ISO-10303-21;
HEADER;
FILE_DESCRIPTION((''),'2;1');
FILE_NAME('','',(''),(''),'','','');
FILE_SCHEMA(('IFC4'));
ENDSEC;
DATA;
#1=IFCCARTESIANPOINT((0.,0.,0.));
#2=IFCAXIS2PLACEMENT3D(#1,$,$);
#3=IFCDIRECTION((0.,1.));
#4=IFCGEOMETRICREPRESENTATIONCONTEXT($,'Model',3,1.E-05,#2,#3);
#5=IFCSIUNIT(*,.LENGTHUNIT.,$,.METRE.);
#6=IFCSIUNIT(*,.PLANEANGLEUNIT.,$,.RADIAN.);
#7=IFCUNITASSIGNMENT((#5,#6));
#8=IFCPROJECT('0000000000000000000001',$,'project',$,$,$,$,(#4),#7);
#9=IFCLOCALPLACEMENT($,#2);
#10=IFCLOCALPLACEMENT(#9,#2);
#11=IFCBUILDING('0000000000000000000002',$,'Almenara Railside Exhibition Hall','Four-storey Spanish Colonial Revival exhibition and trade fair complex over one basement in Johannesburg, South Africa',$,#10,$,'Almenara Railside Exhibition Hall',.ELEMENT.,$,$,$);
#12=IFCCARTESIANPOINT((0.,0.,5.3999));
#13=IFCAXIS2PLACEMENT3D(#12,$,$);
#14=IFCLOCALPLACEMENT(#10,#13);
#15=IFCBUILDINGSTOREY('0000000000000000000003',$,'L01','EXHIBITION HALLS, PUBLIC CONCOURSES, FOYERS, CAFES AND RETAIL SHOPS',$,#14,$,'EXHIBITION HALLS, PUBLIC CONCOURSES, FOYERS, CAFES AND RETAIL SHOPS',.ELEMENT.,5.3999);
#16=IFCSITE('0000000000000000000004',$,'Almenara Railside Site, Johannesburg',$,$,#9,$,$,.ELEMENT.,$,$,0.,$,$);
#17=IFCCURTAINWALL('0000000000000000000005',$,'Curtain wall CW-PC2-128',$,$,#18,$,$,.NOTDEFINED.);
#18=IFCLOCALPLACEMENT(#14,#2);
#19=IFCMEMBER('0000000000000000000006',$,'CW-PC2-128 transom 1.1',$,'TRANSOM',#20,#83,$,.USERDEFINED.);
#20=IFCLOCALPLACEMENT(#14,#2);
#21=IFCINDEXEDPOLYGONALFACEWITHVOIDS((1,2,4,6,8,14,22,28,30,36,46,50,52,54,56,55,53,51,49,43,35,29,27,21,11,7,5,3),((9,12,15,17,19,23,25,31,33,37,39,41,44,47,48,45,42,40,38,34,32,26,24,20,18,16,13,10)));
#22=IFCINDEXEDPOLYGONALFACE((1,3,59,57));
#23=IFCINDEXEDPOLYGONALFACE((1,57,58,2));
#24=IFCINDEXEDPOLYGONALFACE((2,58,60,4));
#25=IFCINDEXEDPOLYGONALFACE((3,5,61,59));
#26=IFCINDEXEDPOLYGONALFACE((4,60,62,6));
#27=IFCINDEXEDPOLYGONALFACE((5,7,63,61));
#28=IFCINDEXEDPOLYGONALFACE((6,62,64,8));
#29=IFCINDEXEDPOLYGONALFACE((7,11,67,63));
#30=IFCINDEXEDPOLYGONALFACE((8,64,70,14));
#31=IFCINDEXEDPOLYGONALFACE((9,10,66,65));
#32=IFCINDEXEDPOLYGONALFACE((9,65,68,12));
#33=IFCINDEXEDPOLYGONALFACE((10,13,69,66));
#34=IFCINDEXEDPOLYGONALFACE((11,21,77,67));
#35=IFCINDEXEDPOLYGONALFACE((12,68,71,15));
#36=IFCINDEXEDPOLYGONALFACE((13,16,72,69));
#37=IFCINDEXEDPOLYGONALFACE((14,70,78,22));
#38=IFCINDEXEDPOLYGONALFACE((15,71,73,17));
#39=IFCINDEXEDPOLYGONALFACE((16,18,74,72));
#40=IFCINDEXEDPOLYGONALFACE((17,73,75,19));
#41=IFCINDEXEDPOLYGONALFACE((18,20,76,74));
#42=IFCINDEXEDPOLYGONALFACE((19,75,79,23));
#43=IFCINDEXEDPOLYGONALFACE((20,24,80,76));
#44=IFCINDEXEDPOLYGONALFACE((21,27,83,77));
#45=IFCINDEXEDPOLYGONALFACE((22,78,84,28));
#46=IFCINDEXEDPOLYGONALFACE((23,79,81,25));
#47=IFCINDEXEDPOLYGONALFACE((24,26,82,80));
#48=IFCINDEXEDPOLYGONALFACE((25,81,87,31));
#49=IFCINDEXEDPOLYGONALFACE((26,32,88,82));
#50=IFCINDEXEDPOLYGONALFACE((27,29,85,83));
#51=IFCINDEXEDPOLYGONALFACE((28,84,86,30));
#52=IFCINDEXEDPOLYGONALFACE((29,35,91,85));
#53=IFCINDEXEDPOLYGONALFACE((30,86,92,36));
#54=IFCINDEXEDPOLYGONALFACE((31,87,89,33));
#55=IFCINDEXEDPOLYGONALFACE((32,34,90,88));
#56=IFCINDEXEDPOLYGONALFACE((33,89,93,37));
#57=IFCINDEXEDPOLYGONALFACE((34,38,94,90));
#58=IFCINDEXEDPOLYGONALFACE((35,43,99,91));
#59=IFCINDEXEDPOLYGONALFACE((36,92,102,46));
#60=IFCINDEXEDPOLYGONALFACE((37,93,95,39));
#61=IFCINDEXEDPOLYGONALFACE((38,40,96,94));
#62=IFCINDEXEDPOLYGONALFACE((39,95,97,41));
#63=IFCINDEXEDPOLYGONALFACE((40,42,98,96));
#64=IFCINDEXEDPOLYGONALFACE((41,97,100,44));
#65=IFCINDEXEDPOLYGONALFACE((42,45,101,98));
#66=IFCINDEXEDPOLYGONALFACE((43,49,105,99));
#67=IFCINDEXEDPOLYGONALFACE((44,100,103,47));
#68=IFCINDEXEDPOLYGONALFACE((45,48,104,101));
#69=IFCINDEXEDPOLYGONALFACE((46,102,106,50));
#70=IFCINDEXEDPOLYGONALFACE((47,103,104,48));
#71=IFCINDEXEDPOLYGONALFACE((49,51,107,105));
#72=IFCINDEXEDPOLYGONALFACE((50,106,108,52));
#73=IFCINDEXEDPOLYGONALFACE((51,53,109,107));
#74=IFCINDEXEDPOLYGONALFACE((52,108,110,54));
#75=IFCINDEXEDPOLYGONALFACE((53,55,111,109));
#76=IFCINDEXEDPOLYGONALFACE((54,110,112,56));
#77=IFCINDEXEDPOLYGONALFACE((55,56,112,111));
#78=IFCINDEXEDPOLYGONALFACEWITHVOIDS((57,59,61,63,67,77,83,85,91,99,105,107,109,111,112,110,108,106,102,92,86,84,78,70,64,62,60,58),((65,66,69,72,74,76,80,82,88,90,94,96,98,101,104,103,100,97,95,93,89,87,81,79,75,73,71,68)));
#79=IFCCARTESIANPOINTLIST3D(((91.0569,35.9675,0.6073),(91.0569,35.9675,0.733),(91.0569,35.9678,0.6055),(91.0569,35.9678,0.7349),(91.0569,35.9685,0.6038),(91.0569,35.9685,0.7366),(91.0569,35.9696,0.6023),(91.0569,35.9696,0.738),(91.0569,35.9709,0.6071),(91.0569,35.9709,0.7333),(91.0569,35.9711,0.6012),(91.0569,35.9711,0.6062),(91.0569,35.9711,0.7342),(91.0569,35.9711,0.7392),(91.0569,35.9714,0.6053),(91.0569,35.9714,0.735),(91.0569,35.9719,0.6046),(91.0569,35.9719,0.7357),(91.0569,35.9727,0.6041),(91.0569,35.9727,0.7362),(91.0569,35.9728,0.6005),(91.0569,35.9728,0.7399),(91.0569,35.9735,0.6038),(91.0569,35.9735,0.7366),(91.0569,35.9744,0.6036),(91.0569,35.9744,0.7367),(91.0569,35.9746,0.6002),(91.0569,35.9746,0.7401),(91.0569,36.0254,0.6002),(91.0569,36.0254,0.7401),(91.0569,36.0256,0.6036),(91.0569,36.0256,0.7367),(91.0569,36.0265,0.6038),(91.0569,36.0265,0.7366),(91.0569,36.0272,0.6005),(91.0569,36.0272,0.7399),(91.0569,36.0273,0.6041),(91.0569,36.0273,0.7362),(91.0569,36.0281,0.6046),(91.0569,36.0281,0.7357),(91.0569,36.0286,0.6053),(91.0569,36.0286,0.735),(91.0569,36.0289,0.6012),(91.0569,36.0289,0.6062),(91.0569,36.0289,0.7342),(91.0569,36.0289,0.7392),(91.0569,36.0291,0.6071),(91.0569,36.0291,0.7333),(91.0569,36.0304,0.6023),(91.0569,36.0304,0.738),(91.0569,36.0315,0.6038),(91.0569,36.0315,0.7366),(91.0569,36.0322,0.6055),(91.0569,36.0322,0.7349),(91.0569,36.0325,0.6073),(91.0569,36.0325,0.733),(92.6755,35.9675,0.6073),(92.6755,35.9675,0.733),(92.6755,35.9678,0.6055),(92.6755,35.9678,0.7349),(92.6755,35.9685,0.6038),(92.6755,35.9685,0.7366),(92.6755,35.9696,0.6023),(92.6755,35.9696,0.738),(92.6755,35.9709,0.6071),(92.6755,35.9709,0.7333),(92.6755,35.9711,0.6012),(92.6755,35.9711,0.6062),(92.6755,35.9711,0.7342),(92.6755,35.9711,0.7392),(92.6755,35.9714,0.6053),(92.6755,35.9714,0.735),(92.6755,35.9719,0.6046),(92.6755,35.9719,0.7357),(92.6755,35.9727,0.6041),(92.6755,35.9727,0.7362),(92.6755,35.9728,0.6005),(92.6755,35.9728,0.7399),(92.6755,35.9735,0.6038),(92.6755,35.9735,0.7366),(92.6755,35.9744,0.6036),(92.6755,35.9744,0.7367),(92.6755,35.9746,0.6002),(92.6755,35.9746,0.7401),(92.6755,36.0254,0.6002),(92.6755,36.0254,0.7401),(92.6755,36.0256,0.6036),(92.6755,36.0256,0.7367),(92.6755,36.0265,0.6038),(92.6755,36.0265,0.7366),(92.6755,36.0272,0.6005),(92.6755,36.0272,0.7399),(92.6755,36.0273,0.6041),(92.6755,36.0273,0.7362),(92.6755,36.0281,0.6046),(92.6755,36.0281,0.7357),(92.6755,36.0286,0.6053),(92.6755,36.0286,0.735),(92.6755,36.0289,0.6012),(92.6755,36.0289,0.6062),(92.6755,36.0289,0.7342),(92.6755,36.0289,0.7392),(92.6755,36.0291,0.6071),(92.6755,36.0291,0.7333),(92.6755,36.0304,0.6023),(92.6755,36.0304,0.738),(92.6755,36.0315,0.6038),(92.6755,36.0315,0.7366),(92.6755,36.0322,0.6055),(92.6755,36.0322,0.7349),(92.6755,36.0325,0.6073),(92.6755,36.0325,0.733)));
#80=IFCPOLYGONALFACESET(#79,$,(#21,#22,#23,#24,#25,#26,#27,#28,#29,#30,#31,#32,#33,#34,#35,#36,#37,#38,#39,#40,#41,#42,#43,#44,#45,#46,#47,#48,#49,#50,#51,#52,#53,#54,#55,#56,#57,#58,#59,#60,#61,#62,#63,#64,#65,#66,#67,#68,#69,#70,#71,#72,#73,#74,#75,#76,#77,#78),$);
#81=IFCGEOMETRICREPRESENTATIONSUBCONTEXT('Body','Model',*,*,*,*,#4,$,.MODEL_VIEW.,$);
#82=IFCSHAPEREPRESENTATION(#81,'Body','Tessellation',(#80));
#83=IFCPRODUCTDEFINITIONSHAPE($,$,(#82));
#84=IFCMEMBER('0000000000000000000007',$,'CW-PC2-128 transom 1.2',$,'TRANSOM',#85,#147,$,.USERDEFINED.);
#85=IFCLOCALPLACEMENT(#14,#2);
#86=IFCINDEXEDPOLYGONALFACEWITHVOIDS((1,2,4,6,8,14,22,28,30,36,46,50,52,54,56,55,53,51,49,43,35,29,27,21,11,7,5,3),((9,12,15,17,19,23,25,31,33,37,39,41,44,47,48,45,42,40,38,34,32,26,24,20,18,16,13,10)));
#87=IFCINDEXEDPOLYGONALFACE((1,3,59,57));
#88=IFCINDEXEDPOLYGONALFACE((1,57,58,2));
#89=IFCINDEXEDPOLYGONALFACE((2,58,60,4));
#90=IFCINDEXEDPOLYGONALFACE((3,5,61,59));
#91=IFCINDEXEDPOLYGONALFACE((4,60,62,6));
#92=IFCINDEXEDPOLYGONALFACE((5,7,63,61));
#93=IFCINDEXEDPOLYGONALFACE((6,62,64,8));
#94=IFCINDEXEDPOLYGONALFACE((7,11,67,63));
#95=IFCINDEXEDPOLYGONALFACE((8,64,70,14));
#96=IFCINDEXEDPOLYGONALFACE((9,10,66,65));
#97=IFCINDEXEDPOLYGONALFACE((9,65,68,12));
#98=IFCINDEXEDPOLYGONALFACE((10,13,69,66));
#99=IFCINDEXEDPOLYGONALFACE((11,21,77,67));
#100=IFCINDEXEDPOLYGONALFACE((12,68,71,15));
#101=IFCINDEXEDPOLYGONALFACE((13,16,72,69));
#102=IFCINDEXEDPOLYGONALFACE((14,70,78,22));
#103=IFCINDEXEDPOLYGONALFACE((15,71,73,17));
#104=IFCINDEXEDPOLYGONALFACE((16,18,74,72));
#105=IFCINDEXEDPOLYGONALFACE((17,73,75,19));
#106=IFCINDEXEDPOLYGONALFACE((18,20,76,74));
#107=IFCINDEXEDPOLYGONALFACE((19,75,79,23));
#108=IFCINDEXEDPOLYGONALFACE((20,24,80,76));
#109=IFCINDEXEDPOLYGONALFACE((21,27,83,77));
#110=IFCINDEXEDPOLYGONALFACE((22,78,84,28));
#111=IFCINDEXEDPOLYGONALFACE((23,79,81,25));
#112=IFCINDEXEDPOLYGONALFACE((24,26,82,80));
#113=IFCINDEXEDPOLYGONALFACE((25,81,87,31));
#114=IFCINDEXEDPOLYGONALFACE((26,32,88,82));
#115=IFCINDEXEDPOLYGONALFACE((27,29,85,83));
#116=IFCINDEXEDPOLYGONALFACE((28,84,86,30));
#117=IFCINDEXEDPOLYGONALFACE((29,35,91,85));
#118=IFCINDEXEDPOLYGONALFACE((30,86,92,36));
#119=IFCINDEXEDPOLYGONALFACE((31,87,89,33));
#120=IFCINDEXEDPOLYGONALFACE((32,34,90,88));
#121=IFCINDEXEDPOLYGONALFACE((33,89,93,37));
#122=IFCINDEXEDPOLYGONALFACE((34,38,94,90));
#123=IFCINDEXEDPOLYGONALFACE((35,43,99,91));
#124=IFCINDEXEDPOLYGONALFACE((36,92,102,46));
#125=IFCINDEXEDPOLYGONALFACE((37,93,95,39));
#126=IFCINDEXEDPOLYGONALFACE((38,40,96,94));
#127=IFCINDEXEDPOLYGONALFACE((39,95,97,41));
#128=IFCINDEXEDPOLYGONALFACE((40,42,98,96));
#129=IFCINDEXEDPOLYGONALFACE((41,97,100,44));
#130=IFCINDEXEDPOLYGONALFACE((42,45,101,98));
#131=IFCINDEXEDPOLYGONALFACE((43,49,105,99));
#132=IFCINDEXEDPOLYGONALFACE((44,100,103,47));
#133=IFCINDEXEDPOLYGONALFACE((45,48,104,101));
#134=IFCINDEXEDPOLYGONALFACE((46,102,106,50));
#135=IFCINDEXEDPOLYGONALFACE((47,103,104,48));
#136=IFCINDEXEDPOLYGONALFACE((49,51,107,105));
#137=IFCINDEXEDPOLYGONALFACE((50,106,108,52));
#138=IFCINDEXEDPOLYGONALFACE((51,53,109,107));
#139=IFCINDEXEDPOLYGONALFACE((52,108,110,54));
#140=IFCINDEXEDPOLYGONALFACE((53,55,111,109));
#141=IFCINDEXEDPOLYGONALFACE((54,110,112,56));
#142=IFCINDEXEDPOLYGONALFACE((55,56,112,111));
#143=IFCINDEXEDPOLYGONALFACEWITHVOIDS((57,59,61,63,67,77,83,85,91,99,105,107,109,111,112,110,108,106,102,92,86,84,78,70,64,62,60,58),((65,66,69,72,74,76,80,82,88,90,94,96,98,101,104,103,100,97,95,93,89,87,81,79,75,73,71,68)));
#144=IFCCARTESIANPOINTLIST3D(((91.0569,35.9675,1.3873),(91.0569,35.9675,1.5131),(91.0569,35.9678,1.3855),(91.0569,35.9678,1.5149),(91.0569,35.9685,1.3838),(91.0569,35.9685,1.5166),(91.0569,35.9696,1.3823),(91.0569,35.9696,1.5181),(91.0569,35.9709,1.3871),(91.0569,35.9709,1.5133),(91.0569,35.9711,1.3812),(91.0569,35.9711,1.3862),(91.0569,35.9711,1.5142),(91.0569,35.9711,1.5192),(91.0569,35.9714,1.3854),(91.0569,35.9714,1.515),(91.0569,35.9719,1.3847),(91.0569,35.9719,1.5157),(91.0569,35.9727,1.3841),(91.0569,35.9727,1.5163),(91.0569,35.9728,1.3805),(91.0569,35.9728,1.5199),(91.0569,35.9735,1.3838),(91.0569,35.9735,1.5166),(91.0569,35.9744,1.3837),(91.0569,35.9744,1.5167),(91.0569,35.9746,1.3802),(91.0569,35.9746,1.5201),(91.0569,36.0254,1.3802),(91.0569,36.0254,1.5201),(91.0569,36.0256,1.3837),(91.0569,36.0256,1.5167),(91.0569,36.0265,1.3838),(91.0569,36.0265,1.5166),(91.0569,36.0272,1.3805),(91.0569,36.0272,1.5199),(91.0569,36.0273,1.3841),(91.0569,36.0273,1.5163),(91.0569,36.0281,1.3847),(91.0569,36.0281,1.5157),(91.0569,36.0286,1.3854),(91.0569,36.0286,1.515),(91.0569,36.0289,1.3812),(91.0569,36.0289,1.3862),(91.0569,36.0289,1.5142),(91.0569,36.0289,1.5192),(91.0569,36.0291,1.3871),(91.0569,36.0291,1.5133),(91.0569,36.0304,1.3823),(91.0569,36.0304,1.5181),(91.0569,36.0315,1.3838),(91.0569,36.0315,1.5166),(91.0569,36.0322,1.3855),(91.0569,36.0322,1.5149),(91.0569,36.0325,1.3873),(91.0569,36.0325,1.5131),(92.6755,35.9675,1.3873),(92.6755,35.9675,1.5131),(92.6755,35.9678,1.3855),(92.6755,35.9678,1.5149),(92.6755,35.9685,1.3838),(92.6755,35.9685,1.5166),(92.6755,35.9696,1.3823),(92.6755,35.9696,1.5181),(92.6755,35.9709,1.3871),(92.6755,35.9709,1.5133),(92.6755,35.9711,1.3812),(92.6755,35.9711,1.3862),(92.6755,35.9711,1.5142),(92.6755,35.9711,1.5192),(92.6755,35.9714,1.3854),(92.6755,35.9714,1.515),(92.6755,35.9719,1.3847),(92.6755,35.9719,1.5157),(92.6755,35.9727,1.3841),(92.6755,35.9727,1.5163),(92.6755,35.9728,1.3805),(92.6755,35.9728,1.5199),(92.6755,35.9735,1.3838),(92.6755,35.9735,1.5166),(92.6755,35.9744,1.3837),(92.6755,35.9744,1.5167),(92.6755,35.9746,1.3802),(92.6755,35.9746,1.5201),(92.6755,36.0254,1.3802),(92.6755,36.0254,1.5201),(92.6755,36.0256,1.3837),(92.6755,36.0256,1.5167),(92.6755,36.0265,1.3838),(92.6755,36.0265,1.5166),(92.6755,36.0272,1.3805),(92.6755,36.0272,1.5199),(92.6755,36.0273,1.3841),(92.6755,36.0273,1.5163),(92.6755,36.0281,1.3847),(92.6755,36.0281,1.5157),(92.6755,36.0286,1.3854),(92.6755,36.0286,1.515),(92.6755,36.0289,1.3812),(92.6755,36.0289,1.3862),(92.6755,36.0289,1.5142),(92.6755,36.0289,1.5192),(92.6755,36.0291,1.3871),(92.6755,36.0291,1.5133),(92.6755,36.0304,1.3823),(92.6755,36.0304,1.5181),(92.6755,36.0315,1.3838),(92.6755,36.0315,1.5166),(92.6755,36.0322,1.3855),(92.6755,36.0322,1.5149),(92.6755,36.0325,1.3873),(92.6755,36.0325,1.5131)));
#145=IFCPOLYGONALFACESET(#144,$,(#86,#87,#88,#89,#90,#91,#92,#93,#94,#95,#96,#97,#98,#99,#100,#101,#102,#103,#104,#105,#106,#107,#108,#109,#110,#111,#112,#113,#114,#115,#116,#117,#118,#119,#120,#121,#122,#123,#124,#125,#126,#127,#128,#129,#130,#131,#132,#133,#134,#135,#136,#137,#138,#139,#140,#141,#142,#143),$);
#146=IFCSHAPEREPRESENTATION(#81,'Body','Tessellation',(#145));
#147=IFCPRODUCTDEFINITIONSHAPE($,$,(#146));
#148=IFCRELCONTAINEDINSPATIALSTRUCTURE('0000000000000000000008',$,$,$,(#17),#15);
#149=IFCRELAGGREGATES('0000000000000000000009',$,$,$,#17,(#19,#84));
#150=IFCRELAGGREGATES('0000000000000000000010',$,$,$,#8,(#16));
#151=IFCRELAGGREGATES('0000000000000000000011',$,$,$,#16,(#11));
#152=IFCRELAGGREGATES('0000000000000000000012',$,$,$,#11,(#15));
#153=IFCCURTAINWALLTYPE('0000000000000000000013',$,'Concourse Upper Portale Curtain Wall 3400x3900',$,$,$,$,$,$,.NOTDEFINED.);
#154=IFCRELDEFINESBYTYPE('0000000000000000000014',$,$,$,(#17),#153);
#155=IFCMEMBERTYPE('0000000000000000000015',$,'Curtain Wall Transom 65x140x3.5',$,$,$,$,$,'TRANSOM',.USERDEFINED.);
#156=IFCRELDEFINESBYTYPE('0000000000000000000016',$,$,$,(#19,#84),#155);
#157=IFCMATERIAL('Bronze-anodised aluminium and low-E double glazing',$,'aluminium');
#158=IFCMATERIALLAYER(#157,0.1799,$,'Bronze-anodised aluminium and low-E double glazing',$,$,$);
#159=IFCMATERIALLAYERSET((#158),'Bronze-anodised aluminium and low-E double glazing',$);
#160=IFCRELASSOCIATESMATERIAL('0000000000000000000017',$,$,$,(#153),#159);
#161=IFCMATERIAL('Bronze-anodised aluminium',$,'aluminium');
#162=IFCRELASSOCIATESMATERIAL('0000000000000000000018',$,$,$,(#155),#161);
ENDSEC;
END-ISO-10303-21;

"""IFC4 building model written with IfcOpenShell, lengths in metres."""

from ifc_helpers import new_model, si_unit, direction, frame, origin, origin_2d, place, context, subcontext, project, spatial, hollow_rectangle, extrude, material, layer, layer_set, material_profile, profile_set, type_object, element, aggregate, save


model = new_model("IFC4")

# Units and contexts
model_context = context("Model", 3, precision=1e-05, world=origin(), true_north=direction((0.0, 1.0)))
body_context = subcontext(model_context, "Body", "Model", "MODEL_VIEW")
ifc_project = project(units=[si_unit("LENGTHUNIT", "METRE"), si_unit("PLANEANGLEUNIT", "RADIAN")], contexts=[model_context])

# Site, building, storey
site_placement = place(None, origin())
site = spatial("IfcSite", under=ifc_project, at=site_placement, Name="Almenara Railside Site, Johannesburg", CompositionType="ELEMENT", RefElevation=0.0)
building_placement = place(site_placement, origin())
building = spatial("IfcBuilding", under=site, at=building_placement, Name="Almenara Railside Exhibition Hall", Description="Four-storey Spanish Colonial Revival exhibition and trade fair complex over one basement in Johannesburg, South Africa", LongName="Almenara Railside Exhibition Hall", CompositionType="ELEMENT")
storey_placement = place(building_placement, frame((0.0, 0.0, 5.3999)))
storey = spatial("IfcBuildingStorey", under=building, at=storey_placement, Name="L01", Description="EXHIBITION HALLS, PUBLIC CONCOURSES, FOYERS, CAFES AND RETAIL SHOPS", LongName="EXHIBITION HALLS, PUBLIC CONCOURSES, FOYERS, CAFES AND RETAIL SHOPS", CompositionType="ELEMENT", Elevation=5.3999)

# Curtain wall
ifc_material_1 = material(Name="Bronze-anodised aluminium and low-E double glazing", Category="aluminium")
ifc_layer_1 = layer(ifc_material_1, 0.1799, Name="Bronze-anodised aluminium and low-E double glazing")
ifc_layer_set_1 = layer_set([ifc_layer_1], Name="Bronze-anodised aluminium and low-E double glazing")
curtain_wall_type_1 = type_object("IfcCurtainWallType", Name="Concourse Upper Portale Curtain Wall 3400x3900", PredefinedType="NOTDEFINED", material=ifc_layer_set_1)
curtain_wall_1_placement = place(storey_placement, origin())
curtain_wall_1 = element("IfcCurtainWall", 1, at=curtain_wall_1_placement, inside=storey, type_object=curtain_wall_type_1, Name="Curtain wall CW-PC2-128", PredefinedType="NOTDEFINED")
ifc_material_2 = material(Name="Bronze-anodised aluminium", Category="aluminium")

# Members
ifc_material_profile_1 = material_profile(ifc_material_2, hollow_rectangle(XDim=0.0649, YDim=0.1399, WallThickness=0.0034, InnerFilletRadius=0.0034, OuterFilletRadius=0.0071, at=origin_2d()), Name="ALU-TRN 65x140x3.5")
ifc_profile_set_1 = profile_set([ifc_material_profile_1], Name="Bronze-anodised aluminium")
member_type_1 = type_object("IfcMemberType", Name="Curtain Wall Transom 65x140x3.5", ElementType="TRANSOM", PredefinedType="USERDEFINED", material=ifc_profile_set_1)
member_1_placement = place(storey_placement, frame((91.0569, 36.0, 0.6702), z_axis=(1.0, 0.0, 0.0), x_axis=(0.0, 1.0, 0.0)))
member_1 = element("IfcMember", 2, at=member_1_placement, type_object=member_type_1, Name="CW-PC2-128 transom 1.1", ObjectType="TRANSOM", PredefinedType="USERDEFINED", context=body_context, shape_type="SweptSolid", body=[
    extrude(hollow_rectangle(XDim=0.0649, YDim=0.1399, WallThickness=0.0034, InnerFilletRadius=0.0034, OuterFilletRadius=0.0071, at=origin_2d()), origin(), (0.0, 0.0, 1.0), 1.6187),
])
member_2_placement = place(storey_placement, frame((91.0569, 36.0, 1.4502), z_axis=(1.0, 0.0, 0.0), x_axis=(0.0, 1.0, 0.0)))
member_2 = element("IfcMember", 3, at=member_2_placement, type_object=member_type_1, Name="CW-PC2-128 transom 1.2", ObjectType="TRANSOM", PredefinedType="USERDEFINED", context=body_context, shape_type="SweptSolid", body=[
    extrude(hollow_rectangle(XDim=0.0649, YDim=0.1399, WallThickness=0.0034, InnerFilletRadius=0.0034, OuterFilletRadius=0.0071, at=origin_2d()), origin(), (0.0, 0.0, 1.0), 1.6187),
])

aggregate(curtain_wall_1, [member_1, member_2])

save(model, "model.ifc")
